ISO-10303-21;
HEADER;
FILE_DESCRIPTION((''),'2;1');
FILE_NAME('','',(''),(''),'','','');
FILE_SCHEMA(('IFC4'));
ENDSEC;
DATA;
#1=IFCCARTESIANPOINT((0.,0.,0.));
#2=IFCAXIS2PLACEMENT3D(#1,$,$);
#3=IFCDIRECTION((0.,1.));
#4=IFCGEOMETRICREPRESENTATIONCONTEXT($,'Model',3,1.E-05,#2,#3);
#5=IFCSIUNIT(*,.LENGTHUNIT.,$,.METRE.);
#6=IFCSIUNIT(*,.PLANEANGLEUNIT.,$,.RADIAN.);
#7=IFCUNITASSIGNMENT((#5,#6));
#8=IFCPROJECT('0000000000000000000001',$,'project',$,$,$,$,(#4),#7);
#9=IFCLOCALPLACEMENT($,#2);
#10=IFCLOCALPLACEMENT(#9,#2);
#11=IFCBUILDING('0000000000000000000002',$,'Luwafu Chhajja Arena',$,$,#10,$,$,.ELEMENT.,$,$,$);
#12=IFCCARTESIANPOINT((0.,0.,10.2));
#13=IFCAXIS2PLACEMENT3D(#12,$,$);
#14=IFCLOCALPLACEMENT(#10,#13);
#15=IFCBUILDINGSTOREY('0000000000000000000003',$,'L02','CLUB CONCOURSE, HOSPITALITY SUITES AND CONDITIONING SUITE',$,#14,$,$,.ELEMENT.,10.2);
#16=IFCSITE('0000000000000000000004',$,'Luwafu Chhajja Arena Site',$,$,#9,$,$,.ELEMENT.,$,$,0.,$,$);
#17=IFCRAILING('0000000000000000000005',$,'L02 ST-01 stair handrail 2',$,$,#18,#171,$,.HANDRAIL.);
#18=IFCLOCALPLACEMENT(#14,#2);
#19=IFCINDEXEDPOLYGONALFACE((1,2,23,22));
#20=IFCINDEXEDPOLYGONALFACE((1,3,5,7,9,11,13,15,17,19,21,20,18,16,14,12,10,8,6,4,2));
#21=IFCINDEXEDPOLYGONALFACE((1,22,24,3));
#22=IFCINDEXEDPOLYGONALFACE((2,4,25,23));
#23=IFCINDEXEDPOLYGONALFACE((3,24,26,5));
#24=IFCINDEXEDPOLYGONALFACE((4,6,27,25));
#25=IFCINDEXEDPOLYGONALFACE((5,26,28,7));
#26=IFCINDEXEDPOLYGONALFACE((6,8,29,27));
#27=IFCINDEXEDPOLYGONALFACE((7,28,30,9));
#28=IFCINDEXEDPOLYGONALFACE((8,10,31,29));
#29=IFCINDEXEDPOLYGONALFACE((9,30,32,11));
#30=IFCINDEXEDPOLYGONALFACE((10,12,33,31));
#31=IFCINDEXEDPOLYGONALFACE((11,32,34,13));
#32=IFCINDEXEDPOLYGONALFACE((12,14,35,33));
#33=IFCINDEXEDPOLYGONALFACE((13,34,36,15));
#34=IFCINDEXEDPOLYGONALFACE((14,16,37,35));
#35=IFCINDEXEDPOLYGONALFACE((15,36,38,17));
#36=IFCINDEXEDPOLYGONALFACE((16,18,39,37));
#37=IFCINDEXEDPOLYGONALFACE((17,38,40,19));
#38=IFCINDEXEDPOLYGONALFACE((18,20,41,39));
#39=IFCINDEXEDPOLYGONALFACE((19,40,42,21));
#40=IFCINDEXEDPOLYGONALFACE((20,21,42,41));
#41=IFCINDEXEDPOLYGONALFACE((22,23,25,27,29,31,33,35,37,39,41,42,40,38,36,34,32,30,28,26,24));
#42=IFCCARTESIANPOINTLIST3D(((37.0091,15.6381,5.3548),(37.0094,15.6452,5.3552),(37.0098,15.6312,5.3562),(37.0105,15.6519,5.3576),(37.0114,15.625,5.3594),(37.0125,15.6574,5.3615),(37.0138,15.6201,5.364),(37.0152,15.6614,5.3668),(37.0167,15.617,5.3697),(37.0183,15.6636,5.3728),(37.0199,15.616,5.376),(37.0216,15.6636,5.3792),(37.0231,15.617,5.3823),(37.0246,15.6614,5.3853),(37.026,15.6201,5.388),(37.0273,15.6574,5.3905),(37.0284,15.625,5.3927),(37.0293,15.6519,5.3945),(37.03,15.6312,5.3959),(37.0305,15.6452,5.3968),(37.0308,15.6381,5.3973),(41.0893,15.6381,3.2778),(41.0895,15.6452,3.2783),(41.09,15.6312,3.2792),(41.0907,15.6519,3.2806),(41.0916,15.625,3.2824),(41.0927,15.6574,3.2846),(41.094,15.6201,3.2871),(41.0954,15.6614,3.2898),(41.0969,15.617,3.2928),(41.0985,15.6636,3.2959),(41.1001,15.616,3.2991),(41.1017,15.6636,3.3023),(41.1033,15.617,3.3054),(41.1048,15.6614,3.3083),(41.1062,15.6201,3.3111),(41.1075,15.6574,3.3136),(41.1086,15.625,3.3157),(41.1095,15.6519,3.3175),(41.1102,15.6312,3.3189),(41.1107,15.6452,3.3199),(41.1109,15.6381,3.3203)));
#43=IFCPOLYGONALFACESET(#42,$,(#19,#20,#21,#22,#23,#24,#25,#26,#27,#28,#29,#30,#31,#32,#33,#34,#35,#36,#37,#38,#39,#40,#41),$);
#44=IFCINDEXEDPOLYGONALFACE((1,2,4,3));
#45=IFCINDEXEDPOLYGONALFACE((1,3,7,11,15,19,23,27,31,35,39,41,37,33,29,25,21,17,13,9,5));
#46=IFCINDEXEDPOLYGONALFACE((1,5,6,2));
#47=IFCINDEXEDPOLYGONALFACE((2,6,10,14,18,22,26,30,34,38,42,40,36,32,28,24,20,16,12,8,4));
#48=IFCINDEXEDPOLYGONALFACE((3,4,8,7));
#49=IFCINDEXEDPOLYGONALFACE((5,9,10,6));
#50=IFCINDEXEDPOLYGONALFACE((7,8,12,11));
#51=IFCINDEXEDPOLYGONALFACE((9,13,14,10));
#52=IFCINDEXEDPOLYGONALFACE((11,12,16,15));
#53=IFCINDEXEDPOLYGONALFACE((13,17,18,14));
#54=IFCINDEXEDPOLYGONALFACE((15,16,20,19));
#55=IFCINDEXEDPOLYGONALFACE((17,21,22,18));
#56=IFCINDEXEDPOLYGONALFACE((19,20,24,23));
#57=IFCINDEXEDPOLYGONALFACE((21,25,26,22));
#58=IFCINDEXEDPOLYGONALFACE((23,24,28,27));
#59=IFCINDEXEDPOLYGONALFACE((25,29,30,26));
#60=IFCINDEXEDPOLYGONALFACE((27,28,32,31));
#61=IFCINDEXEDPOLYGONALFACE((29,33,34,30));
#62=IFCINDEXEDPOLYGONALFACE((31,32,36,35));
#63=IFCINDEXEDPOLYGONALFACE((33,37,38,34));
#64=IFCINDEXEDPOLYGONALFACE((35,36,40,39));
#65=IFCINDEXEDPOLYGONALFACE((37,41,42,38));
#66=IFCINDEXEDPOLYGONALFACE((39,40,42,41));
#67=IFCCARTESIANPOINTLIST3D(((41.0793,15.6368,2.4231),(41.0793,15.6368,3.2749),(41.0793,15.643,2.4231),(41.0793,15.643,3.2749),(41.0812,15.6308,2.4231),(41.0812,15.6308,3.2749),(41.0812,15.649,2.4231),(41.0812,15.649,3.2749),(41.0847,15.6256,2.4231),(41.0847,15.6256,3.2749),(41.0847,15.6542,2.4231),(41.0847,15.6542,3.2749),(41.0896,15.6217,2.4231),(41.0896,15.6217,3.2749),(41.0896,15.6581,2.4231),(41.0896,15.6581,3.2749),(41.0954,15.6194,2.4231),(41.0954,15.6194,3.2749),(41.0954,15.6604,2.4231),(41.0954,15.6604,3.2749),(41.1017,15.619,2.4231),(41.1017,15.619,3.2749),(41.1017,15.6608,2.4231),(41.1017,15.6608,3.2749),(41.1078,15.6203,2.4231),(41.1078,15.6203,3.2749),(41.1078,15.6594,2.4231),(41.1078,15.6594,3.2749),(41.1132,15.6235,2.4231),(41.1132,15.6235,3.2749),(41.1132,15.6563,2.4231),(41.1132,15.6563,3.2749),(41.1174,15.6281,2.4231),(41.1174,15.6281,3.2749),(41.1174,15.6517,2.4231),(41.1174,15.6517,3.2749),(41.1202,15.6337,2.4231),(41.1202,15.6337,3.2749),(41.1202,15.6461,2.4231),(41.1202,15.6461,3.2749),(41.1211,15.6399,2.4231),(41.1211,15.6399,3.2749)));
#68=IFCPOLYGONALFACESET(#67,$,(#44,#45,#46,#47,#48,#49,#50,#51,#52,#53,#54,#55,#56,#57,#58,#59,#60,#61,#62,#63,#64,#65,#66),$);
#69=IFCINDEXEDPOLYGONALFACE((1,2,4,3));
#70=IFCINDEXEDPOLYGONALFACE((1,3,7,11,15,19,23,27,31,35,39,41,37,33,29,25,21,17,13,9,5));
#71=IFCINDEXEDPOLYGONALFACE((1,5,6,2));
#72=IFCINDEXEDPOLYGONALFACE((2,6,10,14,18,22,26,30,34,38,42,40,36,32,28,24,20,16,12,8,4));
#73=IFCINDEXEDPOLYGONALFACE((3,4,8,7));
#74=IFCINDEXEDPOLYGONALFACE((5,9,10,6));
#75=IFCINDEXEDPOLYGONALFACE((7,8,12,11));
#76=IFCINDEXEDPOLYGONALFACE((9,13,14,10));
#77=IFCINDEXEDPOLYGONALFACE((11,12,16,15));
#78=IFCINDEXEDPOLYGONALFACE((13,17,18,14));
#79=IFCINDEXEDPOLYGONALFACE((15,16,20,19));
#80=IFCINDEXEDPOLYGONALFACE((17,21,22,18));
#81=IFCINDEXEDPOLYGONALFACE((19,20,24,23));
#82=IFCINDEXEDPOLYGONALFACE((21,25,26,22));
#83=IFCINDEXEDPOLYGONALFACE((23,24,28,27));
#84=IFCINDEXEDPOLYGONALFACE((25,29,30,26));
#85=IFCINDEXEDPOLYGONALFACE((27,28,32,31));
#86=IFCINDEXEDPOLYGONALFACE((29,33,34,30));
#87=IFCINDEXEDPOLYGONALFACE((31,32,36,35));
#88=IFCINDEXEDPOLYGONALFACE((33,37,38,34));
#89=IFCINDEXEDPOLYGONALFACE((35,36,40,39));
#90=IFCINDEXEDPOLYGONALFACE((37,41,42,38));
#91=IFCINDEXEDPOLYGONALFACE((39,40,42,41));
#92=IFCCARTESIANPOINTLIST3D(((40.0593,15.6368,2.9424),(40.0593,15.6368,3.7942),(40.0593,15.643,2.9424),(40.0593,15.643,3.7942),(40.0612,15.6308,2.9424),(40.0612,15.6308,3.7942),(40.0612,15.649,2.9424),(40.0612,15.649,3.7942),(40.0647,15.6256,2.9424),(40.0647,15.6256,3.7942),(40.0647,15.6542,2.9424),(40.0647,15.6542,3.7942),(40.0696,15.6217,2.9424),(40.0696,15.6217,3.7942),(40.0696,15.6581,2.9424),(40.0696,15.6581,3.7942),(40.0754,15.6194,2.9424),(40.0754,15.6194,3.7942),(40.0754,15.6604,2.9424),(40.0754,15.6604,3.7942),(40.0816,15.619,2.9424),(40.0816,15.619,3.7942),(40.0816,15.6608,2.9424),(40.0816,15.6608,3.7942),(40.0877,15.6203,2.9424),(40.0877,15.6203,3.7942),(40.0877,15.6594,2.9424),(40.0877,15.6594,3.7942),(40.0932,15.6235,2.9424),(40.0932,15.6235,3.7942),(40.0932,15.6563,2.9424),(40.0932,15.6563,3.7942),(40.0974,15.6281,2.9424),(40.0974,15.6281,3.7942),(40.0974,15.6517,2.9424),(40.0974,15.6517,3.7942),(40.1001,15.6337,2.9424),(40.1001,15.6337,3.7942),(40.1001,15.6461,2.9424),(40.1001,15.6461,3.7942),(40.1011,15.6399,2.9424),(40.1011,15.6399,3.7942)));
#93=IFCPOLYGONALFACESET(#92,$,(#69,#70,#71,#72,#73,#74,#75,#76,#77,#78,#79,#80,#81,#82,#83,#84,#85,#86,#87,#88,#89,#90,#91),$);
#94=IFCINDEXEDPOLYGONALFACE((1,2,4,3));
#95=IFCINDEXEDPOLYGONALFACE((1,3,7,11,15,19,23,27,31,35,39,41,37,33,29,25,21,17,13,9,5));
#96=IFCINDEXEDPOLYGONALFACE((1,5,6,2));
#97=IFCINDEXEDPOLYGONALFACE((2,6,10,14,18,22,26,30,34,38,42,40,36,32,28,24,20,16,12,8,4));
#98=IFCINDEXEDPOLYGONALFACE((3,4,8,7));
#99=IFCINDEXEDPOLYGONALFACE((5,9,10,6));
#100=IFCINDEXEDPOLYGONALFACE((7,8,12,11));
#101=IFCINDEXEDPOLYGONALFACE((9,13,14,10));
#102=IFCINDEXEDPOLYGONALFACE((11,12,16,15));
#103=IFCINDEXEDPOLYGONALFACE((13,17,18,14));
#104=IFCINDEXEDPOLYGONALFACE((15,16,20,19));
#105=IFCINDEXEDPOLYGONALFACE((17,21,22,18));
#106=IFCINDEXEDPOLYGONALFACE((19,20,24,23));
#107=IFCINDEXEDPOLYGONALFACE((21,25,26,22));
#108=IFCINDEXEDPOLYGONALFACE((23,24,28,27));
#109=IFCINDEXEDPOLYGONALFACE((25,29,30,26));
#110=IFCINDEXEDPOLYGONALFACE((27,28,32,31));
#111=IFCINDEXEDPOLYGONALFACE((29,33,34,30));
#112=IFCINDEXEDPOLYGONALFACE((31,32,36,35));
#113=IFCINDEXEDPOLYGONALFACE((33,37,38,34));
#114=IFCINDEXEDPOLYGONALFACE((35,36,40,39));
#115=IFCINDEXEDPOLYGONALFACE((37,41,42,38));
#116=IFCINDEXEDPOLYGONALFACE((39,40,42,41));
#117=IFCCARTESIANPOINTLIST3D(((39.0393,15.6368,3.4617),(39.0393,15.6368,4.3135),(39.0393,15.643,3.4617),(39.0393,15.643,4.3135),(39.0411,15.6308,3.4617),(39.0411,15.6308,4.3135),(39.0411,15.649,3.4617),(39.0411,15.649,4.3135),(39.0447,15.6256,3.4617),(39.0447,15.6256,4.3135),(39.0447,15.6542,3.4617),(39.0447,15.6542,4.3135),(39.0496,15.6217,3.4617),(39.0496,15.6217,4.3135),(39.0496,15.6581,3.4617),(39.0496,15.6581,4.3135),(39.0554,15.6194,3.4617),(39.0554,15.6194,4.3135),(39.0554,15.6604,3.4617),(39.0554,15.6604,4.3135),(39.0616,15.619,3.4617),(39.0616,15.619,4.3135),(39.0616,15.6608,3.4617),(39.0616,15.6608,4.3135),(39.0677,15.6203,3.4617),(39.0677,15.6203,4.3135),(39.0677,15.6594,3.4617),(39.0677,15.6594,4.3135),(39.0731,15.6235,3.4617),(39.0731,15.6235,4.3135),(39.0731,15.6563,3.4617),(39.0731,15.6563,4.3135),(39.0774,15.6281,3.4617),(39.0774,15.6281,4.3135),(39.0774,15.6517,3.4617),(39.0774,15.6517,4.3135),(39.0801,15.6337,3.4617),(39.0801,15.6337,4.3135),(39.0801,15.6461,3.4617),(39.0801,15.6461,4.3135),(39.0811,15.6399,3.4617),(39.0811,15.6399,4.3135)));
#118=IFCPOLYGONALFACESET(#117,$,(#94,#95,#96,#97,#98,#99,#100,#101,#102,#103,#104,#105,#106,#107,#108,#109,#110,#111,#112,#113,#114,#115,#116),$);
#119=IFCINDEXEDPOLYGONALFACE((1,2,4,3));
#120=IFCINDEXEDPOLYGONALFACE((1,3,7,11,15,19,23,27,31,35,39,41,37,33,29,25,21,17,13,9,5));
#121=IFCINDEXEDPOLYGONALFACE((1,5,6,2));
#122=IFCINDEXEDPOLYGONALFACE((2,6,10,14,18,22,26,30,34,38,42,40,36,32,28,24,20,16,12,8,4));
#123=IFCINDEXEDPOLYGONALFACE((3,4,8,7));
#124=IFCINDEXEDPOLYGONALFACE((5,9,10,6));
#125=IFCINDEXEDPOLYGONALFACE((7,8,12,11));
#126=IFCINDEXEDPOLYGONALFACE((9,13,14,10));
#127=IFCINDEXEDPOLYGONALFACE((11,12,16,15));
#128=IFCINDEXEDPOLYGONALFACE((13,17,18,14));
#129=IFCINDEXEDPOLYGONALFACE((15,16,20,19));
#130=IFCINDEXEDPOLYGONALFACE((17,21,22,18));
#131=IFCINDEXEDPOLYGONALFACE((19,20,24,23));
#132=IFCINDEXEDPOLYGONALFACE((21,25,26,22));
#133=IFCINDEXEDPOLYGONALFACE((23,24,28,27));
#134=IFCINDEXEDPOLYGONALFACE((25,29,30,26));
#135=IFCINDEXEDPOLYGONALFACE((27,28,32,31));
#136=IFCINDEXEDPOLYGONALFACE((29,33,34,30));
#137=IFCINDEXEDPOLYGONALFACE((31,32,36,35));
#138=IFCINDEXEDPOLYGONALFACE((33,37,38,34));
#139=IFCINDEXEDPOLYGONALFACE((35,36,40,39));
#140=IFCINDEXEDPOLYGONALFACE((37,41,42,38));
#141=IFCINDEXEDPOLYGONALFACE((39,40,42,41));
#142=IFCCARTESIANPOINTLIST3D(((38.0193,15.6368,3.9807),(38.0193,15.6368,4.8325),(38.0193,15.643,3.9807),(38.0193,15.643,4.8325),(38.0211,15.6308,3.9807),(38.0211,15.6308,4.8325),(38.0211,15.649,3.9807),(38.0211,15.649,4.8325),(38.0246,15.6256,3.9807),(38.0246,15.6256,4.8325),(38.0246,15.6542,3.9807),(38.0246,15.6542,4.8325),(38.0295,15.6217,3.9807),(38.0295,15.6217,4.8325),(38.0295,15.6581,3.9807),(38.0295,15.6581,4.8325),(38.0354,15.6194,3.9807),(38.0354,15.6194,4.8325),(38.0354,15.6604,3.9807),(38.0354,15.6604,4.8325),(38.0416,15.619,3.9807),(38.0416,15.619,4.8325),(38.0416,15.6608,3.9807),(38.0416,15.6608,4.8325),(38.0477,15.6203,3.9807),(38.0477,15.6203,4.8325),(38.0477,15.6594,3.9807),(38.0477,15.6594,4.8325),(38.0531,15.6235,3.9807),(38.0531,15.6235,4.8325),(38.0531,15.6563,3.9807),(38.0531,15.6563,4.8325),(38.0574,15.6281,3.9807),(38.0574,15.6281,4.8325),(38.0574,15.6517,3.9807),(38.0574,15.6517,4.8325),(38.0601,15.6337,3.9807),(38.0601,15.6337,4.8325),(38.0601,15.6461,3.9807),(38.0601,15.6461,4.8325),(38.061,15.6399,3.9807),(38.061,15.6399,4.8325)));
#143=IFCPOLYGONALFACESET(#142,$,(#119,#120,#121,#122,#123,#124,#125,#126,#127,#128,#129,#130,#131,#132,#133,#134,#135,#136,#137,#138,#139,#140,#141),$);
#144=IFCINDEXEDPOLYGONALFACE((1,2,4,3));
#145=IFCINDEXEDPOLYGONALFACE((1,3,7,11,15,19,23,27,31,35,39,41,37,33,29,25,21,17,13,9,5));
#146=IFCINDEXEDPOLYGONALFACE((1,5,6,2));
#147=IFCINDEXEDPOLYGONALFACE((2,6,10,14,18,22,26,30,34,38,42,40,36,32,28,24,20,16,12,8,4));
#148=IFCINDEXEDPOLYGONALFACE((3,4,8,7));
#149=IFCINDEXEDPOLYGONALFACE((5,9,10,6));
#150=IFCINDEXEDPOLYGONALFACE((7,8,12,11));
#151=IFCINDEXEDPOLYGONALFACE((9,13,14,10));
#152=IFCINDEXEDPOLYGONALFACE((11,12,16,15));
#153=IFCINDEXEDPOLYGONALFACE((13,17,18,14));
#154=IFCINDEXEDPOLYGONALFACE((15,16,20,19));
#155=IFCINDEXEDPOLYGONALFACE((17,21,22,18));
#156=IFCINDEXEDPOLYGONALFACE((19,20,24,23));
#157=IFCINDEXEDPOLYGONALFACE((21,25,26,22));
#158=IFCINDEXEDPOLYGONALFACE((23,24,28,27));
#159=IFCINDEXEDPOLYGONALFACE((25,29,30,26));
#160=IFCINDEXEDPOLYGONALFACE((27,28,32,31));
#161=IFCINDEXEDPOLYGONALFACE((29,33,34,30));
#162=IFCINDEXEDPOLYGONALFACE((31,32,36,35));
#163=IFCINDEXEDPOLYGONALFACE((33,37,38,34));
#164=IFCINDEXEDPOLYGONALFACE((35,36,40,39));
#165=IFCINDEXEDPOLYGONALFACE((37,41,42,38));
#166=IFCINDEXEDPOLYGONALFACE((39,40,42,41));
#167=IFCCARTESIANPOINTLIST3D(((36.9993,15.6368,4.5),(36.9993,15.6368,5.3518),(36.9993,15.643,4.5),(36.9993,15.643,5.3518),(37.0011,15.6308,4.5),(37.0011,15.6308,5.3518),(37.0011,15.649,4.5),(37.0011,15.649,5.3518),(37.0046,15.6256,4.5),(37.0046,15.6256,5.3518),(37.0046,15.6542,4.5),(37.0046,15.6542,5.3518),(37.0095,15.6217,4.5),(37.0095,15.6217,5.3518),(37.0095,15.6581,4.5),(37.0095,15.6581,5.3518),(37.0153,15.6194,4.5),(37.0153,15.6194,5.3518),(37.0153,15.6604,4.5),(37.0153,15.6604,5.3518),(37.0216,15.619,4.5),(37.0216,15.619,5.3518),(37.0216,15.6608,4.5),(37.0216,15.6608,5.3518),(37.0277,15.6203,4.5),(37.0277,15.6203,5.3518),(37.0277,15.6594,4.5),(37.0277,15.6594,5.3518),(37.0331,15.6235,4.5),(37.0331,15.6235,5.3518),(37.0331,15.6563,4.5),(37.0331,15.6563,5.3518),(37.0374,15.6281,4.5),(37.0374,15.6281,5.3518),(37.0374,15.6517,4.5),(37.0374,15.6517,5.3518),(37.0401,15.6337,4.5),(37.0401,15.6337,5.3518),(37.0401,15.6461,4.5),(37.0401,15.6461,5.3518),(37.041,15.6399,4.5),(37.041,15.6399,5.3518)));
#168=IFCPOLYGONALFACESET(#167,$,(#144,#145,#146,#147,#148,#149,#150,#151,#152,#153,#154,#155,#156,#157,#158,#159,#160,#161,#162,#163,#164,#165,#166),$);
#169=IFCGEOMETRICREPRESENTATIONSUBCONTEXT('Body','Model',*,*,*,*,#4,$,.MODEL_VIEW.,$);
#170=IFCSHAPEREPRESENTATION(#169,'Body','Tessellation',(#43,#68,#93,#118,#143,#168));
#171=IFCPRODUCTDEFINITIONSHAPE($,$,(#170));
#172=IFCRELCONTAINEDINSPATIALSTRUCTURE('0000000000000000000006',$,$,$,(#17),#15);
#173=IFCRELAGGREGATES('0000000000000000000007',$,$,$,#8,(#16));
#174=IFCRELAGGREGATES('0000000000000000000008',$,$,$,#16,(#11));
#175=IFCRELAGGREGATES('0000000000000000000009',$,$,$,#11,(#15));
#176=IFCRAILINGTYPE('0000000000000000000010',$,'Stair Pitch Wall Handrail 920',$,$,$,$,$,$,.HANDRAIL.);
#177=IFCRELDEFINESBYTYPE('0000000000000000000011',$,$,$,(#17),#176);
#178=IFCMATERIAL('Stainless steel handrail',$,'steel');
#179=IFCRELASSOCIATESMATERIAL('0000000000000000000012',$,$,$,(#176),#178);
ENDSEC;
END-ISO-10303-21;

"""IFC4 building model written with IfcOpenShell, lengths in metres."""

from ifc_helpers import new_model, si_unit, direction, frame, origin, origin_2d, place, context, subcontext, project, spatial, circle, extrude, material, type_object, element, save


model = new_model("IFC4")

# Units and contexts
model_context = context("Model", 3, precision=1e-05, world=origin(), true_north=direction((0.0, 1.0)))
body_context = subcontext(model_context, "Body", "Model", "MODEL_VIEW")
ifc_project = project(units=[si_unit("LENGTHUNIT", "METRE"), si_unit("PLANEANGLEUNIT", "RADIAN")], contexts=[model_context])

# Site, building, storey
site_placement = place(None, origin())
site = spatial("IfcSite", under=ifc_project, at=site_placement, Name="Luwafu Chhajja Arena Site", CompositionType="ELEMENT", RefElevation=0.0)
building_placement = place(site_placement, origin())
building = spatial("IfcBuilding", under=site, at=building_placement, Name="Luwafu Chhajja Arena", CompositionType="ELEMENT")
storey_placement = place(building_placement, frame((0.0, 0.0, 10.2)))
storey = spatial("IfcBuildingStorey", under=building, at=storey_placement, Name="L02", Description="CLUB CONCOURSE, HOSPITALITY SUITES AND CONDITIONING SUITE", CompositionType="ELEMENT", Elevation=10.2)

# Railing
ifc_material_1 = material(Name="Stainless steel handrail", Category="steel")
railing_type_1 = type_object("IfcRailingType", Name="Stair Pitch Wall Handrail 920", PredefinedType="HANDRAIL", material=ifc_material_1)
railing_1_placement = place(storey_placement, frame((41.1001, 15.6399, 2.4231)))
element("IfcRailing", 1, at=railing_1_placement, inside=storey, type_object=railing_type_1, Name="L02 ST-01 stair handrail 2", PredefinedType="HANDRAIL", context=body_context, shape_type="SweptSolid", body=[
    extrude(circle(Radius=0.0239, at=origin_2d()), frame((0.0, 0.0, 0.876), z_axis=(-0.891183, 0.0, 0.453644), x_axis=(0.0, -1.0, 0.0)), (0.0, 0.0, 1.0), 4.5784),
    extrude(circle(Radius=0.021, at=origin_2d()), origin(), (0.0, 0.0, 1.0), 0.8518),
    extrude(circle(Radius=0.021, at=origin_2d()), frame((-1.02, 0.0, 0.5193)), (0.0, 0.0, 1.0), 0.8518),
    extrude(circle(Radius=0.021, at=origin_2d()), frame((-2.04, 0.0, 1.0386)), (0.0, 0.0, 1.0), 0.8518),
    extrude(circle(Radius=0.021, at=origin_2d()), frame((-3.0601, 0.0, 1.5576)), (0.0, 0.0, 1.0), 0.8518),
    extrude(circle(Radius=0.021, at=origin_2d()), frame((-4.0801, 0.0, 2.0769)), (0.0, 0.0, 1.0), 0.8518),
])

save(model, "model.ifc")
